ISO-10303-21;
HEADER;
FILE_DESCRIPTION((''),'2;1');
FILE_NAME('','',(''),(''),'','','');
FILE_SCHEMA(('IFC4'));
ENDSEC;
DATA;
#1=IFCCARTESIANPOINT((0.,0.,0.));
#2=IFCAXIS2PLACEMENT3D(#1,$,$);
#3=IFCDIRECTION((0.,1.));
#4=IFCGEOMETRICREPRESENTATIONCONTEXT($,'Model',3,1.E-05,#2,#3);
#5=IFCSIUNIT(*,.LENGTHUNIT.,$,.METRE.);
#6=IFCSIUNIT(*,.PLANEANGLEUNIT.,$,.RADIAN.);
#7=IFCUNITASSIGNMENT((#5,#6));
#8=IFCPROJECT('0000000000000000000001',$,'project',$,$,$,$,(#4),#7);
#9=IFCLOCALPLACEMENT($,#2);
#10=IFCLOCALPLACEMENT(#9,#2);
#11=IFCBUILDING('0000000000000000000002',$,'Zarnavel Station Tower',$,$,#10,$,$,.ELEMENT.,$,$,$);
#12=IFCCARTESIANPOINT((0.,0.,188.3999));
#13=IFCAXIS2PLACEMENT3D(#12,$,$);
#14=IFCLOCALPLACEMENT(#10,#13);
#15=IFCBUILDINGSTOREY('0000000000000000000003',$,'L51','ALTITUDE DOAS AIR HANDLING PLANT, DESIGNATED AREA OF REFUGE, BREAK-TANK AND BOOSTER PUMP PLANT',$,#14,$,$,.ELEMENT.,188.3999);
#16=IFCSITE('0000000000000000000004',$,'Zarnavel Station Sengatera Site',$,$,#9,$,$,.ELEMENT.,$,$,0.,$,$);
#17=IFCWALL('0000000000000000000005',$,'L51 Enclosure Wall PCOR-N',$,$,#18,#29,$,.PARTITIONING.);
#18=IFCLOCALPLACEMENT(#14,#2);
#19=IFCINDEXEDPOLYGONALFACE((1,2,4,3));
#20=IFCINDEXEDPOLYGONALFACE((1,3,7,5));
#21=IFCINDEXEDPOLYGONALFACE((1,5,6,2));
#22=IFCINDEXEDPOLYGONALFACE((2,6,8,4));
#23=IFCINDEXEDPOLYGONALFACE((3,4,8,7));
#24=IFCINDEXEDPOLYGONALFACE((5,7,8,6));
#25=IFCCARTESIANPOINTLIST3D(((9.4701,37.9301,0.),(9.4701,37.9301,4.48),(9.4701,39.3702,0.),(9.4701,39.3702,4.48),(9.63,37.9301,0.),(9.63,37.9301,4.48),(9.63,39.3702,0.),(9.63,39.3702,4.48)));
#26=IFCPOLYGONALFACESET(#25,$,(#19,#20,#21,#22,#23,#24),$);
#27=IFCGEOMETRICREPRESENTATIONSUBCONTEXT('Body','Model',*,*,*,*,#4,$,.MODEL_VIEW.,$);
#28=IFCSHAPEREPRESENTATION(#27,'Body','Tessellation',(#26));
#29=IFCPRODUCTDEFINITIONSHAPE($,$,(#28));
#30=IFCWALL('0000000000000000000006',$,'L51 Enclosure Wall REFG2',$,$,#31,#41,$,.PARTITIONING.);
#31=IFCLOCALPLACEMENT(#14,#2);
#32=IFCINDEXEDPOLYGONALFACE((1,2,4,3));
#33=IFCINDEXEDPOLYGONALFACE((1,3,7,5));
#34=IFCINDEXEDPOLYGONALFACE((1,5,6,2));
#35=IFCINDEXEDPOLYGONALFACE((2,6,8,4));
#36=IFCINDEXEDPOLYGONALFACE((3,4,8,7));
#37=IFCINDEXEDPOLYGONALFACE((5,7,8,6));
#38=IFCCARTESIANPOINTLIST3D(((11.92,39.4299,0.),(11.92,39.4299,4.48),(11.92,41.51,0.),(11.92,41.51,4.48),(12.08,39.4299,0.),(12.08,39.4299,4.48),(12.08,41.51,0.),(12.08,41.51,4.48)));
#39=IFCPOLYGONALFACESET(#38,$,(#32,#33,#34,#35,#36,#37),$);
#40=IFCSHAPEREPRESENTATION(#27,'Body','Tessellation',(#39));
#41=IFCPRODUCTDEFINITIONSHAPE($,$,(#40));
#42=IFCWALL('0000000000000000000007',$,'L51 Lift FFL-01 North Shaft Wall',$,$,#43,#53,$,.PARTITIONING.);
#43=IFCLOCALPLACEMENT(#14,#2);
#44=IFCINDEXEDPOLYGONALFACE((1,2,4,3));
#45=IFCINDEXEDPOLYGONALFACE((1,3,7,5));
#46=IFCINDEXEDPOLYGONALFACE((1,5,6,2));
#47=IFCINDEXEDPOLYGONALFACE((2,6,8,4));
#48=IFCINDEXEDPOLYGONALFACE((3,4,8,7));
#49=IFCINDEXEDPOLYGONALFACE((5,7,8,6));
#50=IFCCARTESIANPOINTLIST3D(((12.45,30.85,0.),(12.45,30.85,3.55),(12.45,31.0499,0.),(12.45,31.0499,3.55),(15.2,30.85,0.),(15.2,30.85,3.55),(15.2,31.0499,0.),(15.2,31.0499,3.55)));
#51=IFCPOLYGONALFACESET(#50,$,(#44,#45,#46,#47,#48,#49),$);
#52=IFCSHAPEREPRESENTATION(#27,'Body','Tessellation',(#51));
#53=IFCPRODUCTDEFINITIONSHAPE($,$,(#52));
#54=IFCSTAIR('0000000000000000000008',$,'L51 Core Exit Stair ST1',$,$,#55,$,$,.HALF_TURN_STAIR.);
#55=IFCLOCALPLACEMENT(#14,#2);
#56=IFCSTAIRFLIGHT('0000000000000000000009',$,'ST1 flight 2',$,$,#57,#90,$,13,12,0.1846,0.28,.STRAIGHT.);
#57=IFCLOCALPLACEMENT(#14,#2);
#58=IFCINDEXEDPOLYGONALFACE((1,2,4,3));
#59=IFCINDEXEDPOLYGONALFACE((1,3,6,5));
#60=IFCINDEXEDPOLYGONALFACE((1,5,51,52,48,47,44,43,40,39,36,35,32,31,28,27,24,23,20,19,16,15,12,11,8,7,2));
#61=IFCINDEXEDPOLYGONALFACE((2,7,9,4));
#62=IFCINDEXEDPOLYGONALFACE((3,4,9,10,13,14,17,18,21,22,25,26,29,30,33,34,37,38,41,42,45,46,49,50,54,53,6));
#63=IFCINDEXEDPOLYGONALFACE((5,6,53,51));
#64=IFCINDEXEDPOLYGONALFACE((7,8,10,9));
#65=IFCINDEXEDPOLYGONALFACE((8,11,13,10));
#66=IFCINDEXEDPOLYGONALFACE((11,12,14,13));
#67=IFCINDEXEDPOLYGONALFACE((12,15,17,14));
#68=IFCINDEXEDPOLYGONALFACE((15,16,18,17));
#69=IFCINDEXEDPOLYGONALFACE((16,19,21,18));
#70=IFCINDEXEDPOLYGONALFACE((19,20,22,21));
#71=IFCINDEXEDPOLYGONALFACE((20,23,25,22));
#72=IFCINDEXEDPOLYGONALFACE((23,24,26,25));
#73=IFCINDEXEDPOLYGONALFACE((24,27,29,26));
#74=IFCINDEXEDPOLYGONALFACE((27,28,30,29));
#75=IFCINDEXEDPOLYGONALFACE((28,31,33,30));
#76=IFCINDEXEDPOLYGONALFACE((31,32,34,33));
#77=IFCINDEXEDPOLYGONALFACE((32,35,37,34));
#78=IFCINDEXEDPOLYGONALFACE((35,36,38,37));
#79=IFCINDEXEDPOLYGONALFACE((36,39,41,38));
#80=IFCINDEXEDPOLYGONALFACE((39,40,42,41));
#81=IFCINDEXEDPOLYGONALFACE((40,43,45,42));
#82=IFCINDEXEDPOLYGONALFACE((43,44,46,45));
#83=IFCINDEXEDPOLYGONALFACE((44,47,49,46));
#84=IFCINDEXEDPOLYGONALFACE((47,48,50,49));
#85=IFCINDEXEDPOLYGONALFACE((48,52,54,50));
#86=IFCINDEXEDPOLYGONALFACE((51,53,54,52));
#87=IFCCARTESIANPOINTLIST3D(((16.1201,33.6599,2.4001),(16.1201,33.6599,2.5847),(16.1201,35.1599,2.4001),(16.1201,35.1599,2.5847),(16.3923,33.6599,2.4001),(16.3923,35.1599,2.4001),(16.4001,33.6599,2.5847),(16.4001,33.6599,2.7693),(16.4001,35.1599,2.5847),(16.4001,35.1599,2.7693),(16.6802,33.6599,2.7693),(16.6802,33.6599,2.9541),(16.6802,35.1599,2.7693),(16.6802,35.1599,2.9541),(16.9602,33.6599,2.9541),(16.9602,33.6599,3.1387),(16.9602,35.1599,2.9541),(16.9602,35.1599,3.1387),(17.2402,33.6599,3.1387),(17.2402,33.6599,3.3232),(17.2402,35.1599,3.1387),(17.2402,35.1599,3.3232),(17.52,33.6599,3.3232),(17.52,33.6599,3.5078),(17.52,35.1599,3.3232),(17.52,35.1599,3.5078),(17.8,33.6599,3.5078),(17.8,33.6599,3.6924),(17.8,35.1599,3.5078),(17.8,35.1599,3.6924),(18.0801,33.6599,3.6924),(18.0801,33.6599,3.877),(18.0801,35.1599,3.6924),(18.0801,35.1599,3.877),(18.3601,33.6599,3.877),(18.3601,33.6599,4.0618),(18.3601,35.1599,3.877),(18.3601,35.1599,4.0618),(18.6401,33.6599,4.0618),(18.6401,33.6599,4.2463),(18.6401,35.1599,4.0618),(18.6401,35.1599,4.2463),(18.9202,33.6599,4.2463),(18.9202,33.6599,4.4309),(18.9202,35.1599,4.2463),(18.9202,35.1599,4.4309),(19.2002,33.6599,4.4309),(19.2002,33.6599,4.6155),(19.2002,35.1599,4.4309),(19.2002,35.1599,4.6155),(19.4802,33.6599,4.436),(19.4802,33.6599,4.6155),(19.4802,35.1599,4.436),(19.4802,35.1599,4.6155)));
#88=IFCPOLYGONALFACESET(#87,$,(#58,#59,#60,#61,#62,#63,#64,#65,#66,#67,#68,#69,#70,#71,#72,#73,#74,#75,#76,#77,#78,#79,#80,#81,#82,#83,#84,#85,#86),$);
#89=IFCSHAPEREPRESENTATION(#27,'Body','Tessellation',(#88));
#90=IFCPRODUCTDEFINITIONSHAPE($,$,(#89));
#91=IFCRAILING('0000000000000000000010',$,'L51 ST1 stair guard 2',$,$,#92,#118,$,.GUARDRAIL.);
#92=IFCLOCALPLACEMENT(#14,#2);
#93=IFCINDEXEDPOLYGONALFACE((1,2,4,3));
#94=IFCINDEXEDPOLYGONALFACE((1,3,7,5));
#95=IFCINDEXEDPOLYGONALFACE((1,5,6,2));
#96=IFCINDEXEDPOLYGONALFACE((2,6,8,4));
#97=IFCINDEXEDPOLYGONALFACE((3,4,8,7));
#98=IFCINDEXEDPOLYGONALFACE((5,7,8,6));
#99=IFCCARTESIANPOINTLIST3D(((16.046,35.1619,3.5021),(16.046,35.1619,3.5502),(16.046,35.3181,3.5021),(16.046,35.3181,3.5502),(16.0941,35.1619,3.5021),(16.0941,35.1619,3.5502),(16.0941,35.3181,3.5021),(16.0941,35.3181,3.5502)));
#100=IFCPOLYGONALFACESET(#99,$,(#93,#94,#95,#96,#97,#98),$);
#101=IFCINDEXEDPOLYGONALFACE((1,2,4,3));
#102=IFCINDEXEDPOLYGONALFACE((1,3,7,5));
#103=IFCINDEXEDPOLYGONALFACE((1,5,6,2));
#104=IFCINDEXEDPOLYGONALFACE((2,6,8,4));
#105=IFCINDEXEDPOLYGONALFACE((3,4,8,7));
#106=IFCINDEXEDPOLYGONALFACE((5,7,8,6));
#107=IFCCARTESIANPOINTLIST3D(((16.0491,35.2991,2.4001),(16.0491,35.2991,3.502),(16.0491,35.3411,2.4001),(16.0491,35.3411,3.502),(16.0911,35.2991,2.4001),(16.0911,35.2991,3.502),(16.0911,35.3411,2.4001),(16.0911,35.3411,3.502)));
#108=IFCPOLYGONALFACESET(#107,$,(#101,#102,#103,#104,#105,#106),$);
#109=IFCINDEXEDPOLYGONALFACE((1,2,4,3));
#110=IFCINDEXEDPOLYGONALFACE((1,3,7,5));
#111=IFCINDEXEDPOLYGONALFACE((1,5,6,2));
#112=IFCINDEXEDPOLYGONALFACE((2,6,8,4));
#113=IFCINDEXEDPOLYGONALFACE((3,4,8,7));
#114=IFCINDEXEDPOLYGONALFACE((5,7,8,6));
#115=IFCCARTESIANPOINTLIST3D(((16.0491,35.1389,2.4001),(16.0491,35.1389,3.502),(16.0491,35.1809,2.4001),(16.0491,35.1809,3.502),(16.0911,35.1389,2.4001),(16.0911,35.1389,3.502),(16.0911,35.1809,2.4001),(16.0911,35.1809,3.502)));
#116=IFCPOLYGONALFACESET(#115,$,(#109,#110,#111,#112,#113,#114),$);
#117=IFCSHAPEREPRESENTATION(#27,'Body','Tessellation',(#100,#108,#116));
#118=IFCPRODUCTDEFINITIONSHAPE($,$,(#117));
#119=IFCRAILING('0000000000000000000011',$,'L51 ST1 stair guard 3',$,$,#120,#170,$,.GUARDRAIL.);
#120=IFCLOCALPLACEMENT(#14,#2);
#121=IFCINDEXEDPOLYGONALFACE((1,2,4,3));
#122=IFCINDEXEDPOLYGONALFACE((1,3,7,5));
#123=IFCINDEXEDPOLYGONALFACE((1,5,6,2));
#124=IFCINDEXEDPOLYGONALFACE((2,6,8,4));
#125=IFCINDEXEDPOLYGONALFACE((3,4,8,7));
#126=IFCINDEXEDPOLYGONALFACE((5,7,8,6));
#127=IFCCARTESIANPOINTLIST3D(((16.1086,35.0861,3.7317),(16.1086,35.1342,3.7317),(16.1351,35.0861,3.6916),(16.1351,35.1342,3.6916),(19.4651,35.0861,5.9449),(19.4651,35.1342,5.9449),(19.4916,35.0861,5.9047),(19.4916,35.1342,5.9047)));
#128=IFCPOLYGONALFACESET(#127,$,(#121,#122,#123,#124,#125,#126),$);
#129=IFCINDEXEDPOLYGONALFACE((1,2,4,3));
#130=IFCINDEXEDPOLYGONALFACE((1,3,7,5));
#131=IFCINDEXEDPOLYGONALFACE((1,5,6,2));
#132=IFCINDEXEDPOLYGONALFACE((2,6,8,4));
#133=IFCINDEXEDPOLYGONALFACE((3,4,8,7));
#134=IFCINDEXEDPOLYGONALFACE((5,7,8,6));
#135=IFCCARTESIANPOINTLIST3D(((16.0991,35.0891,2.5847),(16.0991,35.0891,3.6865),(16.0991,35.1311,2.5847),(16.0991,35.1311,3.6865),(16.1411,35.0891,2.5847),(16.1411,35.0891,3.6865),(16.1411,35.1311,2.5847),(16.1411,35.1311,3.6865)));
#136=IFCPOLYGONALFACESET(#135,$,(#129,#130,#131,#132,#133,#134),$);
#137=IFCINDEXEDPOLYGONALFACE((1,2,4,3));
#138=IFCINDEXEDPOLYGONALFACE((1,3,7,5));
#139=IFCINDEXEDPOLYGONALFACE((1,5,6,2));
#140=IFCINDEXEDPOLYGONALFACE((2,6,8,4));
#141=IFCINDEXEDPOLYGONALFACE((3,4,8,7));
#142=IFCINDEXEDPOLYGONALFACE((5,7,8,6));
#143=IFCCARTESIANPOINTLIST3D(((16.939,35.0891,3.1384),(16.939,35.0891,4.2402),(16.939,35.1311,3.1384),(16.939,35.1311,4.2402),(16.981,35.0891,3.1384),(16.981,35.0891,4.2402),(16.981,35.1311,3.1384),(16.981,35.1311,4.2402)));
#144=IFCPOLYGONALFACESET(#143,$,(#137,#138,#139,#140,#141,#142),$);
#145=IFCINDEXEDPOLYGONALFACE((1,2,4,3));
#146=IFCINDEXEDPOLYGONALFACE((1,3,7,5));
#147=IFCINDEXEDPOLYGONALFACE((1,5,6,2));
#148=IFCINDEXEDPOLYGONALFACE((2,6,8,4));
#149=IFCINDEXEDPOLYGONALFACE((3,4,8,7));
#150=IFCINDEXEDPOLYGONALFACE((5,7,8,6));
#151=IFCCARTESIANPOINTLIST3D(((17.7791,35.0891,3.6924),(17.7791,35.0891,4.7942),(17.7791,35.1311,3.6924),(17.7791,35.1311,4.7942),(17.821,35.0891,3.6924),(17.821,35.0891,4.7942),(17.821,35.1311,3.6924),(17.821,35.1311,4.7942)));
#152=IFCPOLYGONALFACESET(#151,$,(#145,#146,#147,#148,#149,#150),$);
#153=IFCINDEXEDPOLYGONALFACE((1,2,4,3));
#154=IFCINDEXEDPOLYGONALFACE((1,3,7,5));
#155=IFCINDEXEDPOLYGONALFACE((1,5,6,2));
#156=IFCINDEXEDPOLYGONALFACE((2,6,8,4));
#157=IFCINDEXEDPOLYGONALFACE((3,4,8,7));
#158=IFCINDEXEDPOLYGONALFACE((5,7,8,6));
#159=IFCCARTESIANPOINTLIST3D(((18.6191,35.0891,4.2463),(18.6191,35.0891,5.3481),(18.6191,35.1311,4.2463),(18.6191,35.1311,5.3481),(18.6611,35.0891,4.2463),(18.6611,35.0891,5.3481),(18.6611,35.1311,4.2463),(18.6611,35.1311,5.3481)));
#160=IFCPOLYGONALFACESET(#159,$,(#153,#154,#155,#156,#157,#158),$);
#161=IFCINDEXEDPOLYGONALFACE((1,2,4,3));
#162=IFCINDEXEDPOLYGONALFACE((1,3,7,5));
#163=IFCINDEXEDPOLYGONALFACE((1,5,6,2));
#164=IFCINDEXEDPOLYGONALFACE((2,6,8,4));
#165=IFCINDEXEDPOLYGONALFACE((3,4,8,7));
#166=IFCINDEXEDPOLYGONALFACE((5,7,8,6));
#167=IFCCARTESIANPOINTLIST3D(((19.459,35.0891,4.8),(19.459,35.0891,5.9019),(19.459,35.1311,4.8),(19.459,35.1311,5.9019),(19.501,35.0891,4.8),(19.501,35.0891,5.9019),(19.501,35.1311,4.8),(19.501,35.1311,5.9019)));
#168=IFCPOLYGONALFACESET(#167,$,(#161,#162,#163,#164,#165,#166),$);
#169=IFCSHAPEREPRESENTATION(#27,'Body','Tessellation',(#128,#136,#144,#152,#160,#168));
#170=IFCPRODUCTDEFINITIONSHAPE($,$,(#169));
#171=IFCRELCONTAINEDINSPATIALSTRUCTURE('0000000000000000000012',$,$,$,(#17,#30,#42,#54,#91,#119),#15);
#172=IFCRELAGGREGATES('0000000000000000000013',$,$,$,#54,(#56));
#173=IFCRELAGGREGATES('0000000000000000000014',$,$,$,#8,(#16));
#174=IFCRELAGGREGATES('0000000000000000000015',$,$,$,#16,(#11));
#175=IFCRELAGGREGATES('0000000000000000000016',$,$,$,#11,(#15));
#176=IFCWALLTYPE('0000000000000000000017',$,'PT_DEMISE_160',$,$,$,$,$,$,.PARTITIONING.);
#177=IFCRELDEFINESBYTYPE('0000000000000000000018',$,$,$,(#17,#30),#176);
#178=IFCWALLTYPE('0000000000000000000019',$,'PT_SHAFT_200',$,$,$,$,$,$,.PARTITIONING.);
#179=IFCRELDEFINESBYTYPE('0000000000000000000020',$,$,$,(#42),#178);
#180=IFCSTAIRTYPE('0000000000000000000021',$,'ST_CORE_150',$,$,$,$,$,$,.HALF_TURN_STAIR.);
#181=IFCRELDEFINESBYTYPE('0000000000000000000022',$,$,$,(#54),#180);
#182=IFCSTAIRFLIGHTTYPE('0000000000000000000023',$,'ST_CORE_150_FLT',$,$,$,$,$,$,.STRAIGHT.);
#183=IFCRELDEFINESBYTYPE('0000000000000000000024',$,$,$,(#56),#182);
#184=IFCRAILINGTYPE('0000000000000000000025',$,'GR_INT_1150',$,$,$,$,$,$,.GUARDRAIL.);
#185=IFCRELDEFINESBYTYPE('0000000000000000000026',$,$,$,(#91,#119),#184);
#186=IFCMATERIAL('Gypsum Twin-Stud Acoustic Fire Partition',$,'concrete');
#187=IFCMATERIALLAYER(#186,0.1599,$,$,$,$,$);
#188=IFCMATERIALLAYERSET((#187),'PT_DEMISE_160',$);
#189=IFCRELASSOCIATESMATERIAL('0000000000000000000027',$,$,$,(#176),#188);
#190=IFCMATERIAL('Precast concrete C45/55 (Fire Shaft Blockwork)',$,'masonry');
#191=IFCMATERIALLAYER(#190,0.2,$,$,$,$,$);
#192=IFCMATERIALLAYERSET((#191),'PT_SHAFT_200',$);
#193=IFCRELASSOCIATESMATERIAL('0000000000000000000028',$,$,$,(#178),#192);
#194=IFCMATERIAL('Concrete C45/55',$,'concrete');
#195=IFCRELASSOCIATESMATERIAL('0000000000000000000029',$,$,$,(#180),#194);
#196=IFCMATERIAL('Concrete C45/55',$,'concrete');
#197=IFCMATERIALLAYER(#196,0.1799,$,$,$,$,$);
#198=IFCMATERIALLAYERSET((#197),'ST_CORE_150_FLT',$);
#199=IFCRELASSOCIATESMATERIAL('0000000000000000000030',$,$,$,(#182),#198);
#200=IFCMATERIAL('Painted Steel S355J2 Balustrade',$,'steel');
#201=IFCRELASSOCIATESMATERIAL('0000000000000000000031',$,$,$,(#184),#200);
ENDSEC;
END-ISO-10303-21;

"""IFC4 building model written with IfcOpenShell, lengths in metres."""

from ifc_helpers import new_model, si_unit, direction, frame, frame_2d, origin, origin_2d, place, context, subcontext, project, spatial, polyline, rectangle, outline, extrude, material, layer, layer_set, type_object, element, aggregate, save


model = new_model("IFC4")

# Units and contexts
model_context = context("Model", 3, precision=1e-05, world=origin(), true_north=direction((0.0, 1.0)))
body_context = subcontext(model_context, "Body", "Model", "MODEL_VIEW")
ifc_project = project(units=[si_unit("LENGTHUNIT", "METRE"), si_unit("PLANEANGLEUNIT", "RADIAN")], contexts=[model_context])

# Site, building, storey
site_placement = place(None, origin())
site = spatial("IfcSite", under=ifc_project, at=site_placement, Name="Zarnavel Station Sengatera Site", CompositionType="ELEMENT", RefElevation=0.0)
building_placement = place(site_placement, origin())
building = spatial("IfcBuilding", under=site, at=building_placement, Name="Zarnavel Station Tower", CompositionType="ELEMENT")
storey_placement = place(building_placement, frame((0.0, 0.0, 188.3999)))
storey = spatial("IfcBuildingStorey", under=building, at=storey_placement, Name="L51", Description="ALTITUDE DOAS AIR HANDLING PLANT, DESIGNATED AREA OF REFUGE, BREAK-TANK AND BOOSTER PUMP PLANT", CompositionType="ELEMENT", Elevation=188.3999)

# Shared definitions
ifc_material_1 = material(Name="Gypsum Twin-Stud Acoustic Fire Partition", Category="concrete")
ifc_layer_1 = layer(ifc_material_1, 0.1599)
ifc_layer_set_1 = layer_set([ifc_layer_1], Name="PT_DEMISE_160")
wall_type_1 = type_object("IfcWallType", Name="PT_DEMISE_160", PredefinedType="PARTITIONING", material=ifc_layer_set_1)

# Walls
wall_1_placement = place(storey_placement, frame((9.55, 37.9299, 0.0), z_axis=(0.0, 0.0, 1.0), x_axis=(0.0, 1.0, 0.0)))
element("IfcWall", 1, at=wall_1_placement, inside=storey, type_object=wall_type_1, Name="L51 Enclosure Wall PCOR-N", PredefinedType="PARTITIONING", context=body_context, shape_type="SweptSolid", body=[
    extrude(rectangle(XDim=1.4402, YDim=0.1599, at=frame_2d((0.7202, 0.0))), origin(), (0.0, 0.0, 1.0), 4.48),
])
wall_2_placement = place(storey_placement, frame((12.0, 39.4299, 0.0), z_axis=(0.0, 0.0, 1.0), x_axis=(0.0, 1.0, 0.0)))
element("IfcWall", 2, at=wall_2_placement, inside=storey, type_object=wall_type_1, Name="L51 Enclosure Wall REFG2", PredefinedType="PARTITIONING", context=body_context, shape_type="SweptSolid", body=[
    extrude(rectangle(XDim=2.0801, YDim=0.1599, at=frame_2d((1.04, 0.0))), origin(), (0.0, 0.0, 1.0), 4.48),
])

# Shared definitions
ifc_material_2 = material(Name="Precast concrete C45/55 (Fire Shaft Blockwork)", Category="masonry")
ifc_layer_2 = layer(ifc_material_2, 0.2)
ifc_layer_set_2 = layer_set([ifc_layer_2], Name="PT_SHAFT_200")
wall_type_2 = type_object("IfcWallType", Name="PT_SHAFT_200", PredefinedType="PARTITIONING", material=ifc_layer_set_2)

# Wall
wall_3_placement = place(storey_placement, frame((12.45, 30.95, 0.0), z_axis=(0.0, 0.0, 1.0), x_axis=(1.0, 0.0, 0.0)))
element("IfcWall", 3, at=wall_3_placement, inside=storey, type_object=wall_type_2, Name="L51 Lift FFL-01 North Shaft Wall", PredefinedType="PARTITIONING", context=body_context, shape_type="SweptSolid", body=[
    extrude(rectangle(XDim=2.75, YDim=0.2, at=frame_2d((1.375, 0.0))), origin(), (0.0, 0.0, 1.0), 3.55),
])

# Stair, stair flight
ifc_material_3 = material(Name="Concrete C45/55", Category="concrete")
stair_type = type_object("IfcStairType", Name="ST_CORE_150", PredefinedType="HALF_TURN_STAIR", material=ifc_material_3)
stair_placement = place(storey_placement, origin())
stair = element("IfcStair", 4, at=stair_placement, inside=storey, type_object=stair_type, Name="L51 Core Exit Stair ST1", PredefinedType="HALF_TURN_STAIR")
ifc_material_4 = material(Name="Concrete C45/55", Category="concrete")
ifc_layer_3 = layer(ifc_material_4, 0.1799)
ifc_layer_set_3 = layer_set([ifc_layer_3], Name="ST_CORE_150_FLT")
stair_flight_type = type_object("IfcStairFlightType", Name="ST_CORE_150_FLT", PredefinedType="STRAIGHT", material=ifc_layer_set_3)
stair_flight_placement = place(storey_placement, frame((16.1201, 34.4099, 2.4001), z_axis=(0.0, 0.0, 1.0), x_axis=(1.0, 0.0, 0.0)))
stair_flight = element("IfcStairFlight", 5, at=stair_flight_placement, type_object=stair_flight_type, Name="ST1 flight 2", NumberOfRisers=13, NumberOfTreads=12, PredefinedType="STRAIGHT", RiserHeight=0.1846, TreadLength=0.28, context=body_context, shape_type="SweptSolid", body=[
    extrude(outline(polyline([(0.0, 0.0), (0.0, 0.1846), (0.28, 0.1846), (0.28, 0.3691), (0.5601, 0.3691), (0.5601, 0.554), (0.8401, 0.554), (0.8401, 0.7385), (1.1201, 0.7385), (1.1201, 0.9231), (1.3999, 0.9231), (1.3999, 1.1077), (1.6799, 1.1077), (1.6799, 1.2922), (1.96, 1.2922), (1.96, 1.4768), (2.24, 1.4768), (2.24, 1.6616), (2.52, 1.6616), (2.52, 1.8462), (2.8, 1.8462), (2.8, 2.0308), (3.0801, 2.0308), (3.0801, 2.2153), (3.3601, 2.2153), (3.3601, 2.3999), (3.3601, 2.0359), (0.2722, 0.0), (0.0, 0.0)])), frame((0.0, 0.75, 0.0), z_axis=(0.0, -1.0, 0.0), x_axis=(1.0, 0.0, 0.0)), (0.0, 0.0, 1.0), 1.5),
])
aggregate(stair, [stair_flight])

# Railings
ifc_material_5 = material(Name="Painted Steel S355J2 Balustrade", Category="steel")
railing_type_1 = type_object("IfcRailingType", Name="GR_INT_1150", PredefinedType="GUARDRAIL", material=ifc_material_5)
railing_1_placement = place(storey_placement, frame((16.0701, 35.3201, 2.4001)))
element("IfcRailing", 6, at=railing_1_placement, inside=storey, type_object=railing_type_1, Name="L51 ST1 stair guard 2", PredefinedType="GUARDRAIL", context=body_context, shape_type="SweptSolid", body=[
    extrude(rectangle(XDim=0.0481, YDim=0.0481, at=origin_2d()), frame((0.0, -0.002, 1.126), z_axis=(0.0, -1.0, 0.0), x_axis=(1.0, 0.0, 0.0)), (0.0, 0.0, 1.0), 0.1562),
    extrude(rectangle(XDim=0.042, YDim=0.042, at=origin_2d()), origin(), (0.0, 0.0, 1.0), 1.1018),
    extrude(rectangle(XDim=0.042, YDim=0.042, at=origin_2d()), frame((0.0, -0.1602, 0.0)), (0.0, 0.0, 1.0), 1.1018),
])
railing_2_placement = place(storey_placement, frame((16.1201, 35.1101, 2.5847)))
element("IfcRailing", 7, at=railing_2_placement, inside=storey, type_object=railing_type_1, Name="L51 ST1 stair guard 3", PredefinedType="GUARDRAIL", context=body_context, shape_type="SweptSolid", body=[
    extrude(rectangle(XDim=0.0481, YDim=0.0481, at=origin_2d()), frame((0.0017, 0.0, 1.127), z_axis=(0.834858, 0.0, 0.550465), x_axis=(0.0, 1.0, 0.0)), (0.0, 0.0, 1.0), 4.0205),
    extrude(rectangle(XDim=0.042, YDim=0.042, at=origin_2d()), origin(), (0.0, 0.0, 1.0), 1.1018),
    extrude(rectangle(XDim=0.042, YDim=0.042, at=origin_2d()), frame((0.8398, 0.0, 0.5537)), (0.0, 0.0, 1.0), 1.1018),
    extrude(rectangle(XDim=0.042, YDim=0.042, at=origin_2d()), frame((1.6799, 0.0, 1.1077)), (0.0, 0.0, 1.0), 1.1018),
    extrude(rectangle(XDim=0.042, YDim=0.042, at=origin_2d()), frame((2.52, 0.0, 1.6616)), (0.0, 0.0, 1.0), 1.1018),
    extrude(rectangle(XDim=0.042, YDim=0.042, at=origin_2d()), frame((3.3599, 0.0, 2.2153)), (0.0, 0.0, 1.0), 1.1018),
])

save(model, "model.ifc")
